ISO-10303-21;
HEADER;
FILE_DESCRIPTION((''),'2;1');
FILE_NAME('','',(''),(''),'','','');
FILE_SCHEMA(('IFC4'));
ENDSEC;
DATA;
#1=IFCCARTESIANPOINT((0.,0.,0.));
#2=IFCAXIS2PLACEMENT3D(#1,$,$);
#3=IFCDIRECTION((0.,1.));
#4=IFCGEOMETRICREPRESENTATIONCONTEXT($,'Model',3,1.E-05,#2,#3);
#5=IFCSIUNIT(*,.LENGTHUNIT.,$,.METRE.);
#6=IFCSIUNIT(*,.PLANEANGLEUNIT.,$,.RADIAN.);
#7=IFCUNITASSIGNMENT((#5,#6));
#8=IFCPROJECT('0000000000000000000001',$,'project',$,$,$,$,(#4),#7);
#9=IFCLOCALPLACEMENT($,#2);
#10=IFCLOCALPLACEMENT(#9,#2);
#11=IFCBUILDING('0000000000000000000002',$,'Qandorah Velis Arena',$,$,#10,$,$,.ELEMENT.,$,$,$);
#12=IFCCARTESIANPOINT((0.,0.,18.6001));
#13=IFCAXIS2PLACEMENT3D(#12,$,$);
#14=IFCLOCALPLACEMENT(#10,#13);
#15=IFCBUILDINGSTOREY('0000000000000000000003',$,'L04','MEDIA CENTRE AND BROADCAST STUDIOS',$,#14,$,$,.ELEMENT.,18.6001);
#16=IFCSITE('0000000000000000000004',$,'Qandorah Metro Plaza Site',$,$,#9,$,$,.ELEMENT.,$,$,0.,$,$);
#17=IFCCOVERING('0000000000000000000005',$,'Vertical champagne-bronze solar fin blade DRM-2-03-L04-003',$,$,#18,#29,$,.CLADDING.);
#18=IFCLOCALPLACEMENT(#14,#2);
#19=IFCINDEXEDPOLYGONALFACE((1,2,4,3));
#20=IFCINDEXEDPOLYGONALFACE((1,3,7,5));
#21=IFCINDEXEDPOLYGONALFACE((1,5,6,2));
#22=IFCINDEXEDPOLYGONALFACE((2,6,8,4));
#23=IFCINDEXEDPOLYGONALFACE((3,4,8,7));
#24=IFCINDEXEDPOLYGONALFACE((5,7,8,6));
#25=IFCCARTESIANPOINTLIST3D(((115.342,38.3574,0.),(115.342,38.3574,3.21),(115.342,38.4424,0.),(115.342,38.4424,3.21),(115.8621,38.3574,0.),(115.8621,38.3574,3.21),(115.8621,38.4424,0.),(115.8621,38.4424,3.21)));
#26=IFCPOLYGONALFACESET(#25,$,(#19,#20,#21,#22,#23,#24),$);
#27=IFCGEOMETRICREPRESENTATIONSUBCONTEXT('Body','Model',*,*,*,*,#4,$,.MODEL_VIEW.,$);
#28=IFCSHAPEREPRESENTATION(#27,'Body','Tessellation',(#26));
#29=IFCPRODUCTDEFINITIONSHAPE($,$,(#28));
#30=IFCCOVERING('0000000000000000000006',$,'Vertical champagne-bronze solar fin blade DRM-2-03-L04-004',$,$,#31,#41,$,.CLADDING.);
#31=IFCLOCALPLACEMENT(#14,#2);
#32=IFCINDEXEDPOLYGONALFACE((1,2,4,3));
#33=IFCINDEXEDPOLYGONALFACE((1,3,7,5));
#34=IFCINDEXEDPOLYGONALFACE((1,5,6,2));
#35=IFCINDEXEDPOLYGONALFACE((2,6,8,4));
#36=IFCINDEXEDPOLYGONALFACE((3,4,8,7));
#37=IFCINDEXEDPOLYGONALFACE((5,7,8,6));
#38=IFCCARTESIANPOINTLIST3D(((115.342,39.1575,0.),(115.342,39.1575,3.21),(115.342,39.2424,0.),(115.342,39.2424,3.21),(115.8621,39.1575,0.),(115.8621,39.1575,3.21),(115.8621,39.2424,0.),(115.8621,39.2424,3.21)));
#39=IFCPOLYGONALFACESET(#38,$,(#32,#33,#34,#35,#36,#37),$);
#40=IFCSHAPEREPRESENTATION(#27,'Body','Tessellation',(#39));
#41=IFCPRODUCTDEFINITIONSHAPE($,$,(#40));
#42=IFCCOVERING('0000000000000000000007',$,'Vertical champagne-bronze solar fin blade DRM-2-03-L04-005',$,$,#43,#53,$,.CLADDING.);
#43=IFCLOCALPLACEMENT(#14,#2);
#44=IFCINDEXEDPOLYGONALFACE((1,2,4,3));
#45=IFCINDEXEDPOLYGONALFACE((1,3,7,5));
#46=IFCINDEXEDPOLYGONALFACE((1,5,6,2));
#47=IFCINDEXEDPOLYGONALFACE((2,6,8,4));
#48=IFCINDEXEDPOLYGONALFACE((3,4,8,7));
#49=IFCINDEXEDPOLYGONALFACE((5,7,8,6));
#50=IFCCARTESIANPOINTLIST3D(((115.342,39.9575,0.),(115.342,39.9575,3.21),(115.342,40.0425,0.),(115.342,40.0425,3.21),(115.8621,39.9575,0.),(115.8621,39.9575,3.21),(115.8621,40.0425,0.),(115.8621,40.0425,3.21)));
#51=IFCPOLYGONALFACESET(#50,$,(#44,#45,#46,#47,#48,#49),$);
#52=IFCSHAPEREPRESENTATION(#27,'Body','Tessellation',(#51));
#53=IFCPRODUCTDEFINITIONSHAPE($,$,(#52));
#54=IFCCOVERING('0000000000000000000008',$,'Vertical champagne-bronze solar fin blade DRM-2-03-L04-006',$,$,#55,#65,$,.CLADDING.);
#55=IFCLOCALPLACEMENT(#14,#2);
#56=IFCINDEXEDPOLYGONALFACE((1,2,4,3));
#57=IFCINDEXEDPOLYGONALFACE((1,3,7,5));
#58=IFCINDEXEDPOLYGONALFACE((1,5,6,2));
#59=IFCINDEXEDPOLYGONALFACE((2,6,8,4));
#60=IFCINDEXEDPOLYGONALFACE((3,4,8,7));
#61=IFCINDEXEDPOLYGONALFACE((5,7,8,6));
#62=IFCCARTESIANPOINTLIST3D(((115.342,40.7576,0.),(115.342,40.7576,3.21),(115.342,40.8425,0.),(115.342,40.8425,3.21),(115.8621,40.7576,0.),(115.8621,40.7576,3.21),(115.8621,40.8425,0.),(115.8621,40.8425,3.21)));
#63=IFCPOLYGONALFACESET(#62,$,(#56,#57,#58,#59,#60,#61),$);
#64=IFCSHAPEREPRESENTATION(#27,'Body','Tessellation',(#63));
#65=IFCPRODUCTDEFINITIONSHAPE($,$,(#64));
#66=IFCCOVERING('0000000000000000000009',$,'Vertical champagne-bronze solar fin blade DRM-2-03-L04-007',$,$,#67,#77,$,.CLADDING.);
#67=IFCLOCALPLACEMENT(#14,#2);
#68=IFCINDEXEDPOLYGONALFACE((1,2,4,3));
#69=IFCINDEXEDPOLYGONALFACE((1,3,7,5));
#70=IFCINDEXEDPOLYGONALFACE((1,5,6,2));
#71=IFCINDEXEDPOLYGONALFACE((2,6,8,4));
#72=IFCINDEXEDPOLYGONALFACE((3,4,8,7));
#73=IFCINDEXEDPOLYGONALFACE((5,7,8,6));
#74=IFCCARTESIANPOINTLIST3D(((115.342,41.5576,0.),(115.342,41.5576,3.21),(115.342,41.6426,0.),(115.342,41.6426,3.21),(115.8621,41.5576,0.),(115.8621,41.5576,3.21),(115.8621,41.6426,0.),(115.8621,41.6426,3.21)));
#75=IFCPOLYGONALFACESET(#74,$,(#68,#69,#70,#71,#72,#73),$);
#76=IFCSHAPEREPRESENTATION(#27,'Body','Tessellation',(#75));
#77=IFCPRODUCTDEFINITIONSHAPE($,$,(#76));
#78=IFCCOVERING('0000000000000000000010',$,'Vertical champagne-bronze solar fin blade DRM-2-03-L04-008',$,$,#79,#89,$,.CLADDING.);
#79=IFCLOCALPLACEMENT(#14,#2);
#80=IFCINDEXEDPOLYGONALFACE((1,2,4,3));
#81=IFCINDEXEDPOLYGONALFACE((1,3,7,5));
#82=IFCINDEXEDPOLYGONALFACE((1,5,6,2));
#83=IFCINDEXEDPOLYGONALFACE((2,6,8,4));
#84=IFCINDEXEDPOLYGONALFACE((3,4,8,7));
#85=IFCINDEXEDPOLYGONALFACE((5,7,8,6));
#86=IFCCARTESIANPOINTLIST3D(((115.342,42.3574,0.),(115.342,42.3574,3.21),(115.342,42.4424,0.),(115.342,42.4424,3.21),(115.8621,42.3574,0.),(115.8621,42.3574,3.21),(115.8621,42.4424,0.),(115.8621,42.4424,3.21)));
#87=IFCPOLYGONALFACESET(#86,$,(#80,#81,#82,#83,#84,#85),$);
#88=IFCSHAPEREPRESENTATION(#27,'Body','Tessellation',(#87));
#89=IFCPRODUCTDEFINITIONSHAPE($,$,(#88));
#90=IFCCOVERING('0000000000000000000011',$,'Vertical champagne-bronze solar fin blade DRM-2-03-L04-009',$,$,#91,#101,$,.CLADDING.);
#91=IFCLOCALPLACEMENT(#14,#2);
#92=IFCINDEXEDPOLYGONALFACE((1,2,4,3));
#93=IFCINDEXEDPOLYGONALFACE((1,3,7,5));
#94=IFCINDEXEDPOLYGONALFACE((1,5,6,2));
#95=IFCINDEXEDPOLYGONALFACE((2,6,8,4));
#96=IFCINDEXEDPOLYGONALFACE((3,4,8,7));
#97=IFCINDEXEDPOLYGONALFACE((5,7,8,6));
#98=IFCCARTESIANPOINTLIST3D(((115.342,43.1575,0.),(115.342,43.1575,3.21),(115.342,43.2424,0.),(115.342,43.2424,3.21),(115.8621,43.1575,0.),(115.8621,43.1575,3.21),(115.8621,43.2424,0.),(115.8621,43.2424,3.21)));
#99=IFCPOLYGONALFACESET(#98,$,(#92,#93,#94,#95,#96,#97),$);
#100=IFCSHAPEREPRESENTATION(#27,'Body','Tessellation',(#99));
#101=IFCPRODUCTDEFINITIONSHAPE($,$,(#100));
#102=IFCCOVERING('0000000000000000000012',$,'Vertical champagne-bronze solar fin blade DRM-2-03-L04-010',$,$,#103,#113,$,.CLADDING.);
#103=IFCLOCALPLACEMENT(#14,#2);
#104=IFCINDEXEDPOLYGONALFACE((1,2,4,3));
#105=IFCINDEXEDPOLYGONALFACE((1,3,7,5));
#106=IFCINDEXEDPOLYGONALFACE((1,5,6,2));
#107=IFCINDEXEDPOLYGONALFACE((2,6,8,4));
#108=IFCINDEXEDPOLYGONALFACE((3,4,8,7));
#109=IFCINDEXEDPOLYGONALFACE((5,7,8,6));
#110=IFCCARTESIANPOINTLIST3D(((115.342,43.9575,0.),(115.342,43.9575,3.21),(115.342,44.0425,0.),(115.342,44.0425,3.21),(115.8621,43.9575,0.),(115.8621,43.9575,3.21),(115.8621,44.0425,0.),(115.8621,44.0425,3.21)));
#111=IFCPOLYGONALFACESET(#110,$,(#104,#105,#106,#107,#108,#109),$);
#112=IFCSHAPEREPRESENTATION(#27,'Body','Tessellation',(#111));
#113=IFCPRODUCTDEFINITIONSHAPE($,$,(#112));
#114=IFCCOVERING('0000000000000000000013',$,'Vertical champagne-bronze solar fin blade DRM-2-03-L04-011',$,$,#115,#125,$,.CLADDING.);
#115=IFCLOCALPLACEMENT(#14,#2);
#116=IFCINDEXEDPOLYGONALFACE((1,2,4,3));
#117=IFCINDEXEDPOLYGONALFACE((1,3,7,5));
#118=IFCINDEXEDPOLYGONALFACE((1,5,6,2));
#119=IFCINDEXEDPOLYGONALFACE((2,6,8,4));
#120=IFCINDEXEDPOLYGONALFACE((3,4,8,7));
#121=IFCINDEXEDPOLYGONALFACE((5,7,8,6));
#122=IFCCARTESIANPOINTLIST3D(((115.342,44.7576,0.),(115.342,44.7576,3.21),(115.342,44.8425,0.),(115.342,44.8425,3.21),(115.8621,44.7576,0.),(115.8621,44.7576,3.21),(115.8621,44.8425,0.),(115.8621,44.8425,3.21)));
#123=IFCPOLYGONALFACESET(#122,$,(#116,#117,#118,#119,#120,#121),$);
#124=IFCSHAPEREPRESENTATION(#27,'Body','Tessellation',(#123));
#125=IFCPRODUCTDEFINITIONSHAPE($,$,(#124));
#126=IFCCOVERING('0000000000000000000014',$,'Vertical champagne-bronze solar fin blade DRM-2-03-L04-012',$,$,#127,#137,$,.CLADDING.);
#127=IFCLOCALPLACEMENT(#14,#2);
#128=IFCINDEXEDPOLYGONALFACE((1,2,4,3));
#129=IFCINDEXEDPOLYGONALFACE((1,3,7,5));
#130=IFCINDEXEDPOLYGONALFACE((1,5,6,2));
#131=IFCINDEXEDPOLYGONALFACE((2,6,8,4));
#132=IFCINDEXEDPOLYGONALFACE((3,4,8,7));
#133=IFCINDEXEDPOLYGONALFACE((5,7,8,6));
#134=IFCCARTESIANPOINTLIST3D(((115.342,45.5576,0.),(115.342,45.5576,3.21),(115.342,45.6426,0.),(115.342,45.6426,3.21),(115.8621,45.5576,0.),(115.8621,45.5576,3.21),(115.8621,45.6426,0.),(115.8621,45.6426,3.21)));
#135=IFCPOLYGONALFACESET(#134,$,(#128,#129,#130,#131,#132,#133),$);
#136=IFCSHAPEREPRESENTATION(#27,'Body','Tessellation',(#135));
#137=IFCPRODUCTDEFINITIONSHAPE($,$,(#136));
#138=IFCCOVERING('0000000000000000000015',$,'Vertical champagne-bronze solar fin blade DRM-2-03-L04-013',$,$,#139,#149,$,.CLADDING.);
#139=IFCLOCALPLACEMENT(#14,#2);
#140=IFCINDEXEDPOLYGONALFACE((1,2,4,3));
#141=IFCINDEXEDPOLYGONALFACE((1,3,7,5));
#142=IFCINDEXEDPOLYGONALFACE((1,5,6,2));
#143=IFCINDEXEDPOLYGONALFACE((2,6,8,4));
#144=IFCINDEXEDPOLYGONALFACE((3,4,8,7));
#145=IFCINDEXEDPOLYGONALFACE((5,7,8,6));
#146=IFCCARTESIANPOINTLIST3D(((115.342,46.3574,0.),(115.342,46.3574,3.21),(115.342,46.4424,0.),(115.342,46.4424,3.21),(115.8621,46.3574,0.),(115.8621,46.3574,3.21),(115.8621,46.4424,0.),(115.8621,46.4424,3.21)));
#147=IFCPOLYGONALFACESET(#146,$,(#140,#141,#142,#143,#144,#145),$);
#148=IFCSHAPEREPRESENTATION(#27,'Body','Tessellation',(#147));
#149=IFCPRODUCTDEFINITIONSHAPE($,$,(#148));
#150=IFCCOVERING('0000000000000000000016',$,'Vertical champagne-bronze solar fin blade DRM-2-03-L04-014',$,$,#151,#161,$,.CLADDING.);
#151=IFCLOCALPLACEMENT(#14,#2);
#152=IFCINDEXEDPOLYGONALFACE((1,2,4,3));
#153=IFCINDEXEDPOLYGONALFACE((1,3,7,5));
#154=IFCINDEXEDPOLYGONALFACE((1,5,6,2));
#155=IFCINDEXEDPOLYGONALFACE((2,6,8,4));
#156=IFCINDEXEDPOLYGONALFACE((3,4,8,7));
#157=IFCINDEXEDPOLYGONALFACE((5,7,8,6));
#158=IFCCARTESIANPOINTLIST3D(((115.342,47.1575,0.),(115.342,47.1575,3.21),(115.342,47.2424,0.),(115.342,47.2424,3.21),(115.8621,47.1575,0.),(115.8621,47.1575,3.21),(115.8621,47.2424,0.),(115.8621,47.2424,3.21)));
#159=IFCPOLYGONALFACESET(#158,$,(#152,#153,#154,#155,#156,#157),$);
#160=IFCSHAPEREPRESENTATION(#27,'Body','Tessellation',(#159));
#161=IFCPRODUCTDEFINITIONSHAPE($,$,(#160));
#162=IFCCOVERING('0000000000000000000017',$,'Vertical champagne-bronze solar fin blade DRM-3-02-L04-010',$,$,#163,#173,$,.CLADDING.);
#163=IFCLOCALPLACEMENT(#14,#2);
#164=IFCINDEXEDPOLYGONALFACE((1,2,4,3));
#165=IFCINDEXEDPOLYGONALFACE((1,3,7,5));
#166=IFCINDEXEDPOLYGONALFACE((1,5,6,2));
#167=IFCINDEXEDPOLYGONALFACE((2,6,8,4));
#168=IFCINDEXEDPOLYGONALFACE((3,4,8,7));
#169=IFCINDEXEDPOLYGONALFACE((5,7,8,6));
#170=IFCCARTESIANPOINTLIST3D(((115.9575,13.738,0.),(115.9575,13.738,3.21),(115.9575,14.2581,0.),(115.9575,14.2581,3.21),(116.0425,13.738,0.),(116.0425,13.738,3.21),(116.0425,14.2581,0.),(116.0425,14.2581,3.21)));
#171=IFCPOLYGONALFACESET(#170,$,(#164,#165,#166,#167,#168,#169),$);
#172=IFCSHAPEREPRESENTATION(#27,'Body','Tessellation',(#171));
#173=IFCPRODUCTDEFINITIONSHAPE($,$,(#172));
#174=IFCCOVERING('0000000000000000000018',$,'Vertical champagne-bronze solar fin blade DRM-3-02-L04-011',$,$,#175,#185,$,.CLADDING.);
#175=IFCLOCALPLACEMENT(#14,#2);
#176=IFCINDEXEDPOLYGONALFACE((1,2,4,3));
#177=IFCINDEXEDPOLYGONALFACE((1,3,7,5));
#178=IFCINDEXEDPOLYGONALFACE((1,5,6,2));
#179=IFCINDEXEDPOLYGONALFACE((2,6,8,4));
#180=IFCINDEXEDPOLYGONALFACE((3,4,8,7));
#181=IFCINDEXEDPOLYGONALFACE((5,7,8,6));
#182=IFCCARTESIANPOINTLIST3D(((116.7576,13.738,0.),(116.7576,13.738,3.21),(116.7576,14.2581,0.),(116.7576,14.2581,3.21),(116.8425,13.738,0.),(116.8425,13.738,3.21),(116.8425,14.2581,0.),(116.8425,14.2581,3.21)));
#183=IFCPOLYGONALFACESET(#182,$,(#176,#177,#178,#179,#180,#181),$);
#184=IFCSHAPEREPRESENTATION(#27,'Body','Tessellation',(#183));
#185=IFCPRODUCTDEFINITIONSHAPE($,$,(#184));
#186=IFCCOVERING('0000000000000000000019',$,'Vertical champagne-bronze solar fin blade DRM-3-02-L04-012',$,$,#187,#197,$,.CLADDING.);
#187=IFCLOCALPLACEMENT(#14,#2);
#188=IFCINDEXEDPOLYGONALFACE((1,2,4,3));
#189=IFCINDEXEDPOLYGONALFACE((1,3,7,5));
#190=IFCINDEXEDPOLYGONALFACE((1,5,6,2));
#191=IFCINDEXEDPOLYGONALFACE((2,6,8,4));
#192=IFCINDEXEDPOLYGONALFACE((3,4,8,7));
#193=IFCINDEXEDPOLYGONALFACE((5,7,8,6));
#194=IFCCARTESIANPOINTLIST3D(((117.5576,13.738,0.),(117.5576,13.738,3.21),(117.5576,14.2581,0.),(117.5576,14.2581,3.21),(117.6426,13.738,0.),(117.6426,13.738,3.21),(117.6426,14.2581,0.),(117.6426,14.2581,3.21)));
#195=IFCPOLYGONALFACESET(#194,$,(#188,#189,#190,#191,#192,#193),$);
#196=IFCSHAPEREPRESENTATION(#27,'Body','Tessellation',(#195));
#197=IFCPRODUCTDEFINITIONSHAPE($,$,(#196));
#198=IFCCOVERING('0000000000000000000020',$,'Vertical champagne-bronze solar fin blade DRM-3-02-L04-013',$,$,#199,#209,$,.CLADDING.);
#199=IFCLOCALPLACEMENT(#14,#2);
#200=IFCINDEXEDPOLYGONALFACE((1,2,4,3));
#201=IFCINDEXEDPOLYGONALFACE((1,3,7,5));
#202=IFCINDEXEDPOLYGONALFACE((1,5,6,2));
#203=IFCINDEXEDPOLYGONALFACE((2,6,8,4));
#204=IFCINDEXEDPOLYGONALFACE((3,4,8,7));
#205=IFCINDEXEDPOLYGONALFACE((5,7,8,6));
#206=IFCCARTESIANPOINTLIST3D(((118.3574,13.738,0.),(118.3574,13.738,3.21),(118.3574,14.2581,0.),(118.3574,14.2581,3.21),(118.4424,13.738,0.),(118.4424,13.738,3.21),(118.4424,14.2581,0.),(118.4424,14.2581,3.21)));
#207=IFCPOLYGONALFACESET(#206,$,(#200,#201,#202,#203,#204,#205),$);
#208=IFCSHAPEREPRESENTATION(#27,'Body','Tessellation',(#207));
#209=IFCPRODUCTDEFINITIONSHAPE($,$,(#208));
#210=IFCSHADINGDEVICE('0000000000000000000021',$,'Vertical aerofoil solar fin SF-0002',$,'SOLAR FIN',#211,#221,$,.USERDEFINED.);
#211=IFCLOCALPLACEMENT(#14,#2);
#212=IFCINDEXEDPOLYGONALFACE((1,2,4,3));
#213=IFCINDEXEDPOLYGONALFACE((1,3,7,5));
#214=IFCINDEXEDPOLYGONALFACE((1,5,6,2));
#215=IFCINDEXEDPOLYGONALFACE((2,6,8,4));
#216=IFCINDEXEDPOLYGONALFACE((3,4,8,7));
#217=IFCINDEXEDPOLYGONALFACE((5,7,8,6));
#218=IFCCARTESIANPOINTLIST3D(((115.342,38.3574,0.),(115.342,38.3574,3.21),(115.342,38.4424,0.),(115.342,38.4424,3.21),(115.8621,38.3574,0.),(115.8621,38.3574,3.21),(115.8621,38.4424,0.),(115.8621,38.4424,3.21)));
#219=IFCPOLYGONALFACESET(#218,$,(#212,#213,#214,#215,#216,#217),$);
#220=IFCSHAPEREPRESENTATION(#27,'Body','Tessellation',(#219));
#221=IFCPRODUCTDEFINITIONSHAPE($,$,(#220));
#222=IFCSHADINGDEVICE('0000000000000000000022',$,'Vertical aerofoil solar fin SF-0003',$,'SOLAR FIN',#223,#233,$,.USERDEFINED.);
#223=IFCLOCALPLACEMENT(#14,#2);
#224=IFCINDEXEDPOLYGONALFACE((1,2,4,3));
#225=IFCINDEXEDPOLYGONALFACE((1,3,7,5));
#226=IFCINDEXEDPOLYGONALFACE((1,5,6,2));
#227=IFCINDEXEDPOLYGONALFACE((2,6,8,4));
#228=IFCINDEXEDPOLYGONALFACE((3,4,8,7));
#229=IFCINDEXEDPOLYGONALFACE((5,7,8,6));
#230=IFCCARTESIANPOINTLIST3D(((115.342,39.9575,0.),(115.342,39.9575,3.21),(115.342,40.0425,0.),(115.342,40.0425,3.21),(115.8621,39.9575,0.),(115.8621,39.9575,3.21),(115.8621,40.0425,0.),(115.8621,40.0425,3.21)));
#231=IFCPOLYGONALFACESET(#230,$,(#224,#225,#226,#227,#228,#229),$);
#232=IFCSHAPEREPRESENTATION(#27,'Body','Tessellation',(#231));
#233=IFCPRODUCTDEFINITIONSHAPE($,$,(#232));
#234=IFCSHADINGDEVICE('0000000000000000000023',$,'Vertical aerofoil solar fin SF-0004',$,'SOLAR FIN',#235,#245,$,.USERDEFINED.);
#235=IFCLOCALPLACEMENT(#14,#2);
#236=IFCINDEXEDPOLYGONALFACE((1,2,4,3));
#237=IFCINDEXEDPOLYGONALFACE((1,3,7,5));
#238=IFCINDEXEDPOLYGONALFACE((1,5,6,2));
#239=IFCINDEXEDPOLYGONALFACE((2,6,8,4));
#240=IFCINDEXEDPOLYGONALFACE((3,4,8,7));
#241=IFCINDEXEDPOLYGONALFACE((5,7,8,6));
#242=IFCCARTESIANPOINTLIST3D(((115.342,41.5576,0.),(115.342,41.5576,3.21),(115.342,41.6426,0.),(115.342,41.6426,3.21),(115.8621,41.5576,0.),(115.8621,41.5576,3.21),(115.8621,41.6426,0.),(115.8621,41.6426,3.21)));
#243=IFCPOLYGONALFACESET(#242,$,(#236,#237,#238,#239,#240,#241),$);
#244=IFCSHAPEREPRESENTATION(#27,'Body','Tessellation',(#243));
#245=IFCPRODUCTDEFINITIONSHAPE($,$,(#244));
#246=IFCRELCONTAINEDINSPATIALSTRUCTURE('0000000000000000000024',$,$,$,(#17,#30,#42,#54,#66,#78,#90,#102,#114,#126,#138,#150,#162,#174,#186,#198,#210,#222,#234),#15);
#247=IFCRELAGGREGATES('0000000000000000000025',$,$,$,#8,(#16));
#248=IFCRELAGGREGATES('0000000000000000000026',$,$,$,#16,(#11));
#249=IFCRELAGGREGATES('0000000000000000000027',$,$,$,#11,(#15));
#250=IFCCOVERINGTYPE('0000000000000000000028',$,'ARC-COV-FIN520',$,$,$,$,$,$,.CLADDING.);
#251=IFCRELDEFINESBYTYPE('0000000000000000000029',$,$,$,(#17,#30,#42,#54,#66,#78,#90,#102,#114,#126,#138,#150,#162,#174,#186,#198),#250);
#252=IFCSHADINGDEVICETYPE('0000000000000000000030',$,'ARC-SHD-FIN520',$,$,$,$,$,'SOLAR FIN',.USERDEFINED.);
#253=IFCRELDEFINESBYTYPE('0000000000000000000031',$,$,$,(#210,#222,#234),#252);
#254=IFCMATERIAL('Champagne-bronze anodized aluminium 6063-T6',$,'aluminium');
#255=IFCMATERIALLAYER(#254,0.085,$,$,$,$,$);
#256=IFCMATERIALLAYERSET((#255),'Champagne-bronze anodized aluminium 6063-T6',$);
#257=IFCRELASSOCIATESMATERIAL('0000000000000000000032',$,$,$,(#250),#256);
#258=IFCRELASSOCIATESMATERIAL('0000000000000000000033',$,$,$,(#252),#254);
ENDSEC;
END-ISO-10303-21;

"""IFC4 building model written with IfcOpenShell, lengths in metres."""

from ifc_helpers import new_model, si_unit, direction, frame, origin, origin_2d, place, context, subcontext, project, spatial, rectangle, extrude, material, layer, layer_set, type_object, element, save


model = new_model("IFC4")

# Units and contexts
model_context = context("Model", 3, precision=1e-05, world=origin(), true_north=direction((0.0, 1.0)))
body_context = subcontext(model_context, "Body", "Model", "MODEL_VIEW")
ifc_project = project(units=[si_unit("LENGTHUNIT", "METRE"), si_unit("PLANEANGLEUNIT", "RADIAN")], contexts=[model_context])

# Site, building, storey
site_placement = place(None, origin())
site = spatial("IfcSite", under=ifc_project, at=site_placement, Name="Qandorah Metro Plaza Site", CompositionType="ELEMENT", RefElevation=0.0)
building_placement = place(site_placement, origin())
building = spatial("IfcBuilding", under=site, at=building_placement, Name="Qandorah Velis Arena", CompositionType="ELEMENT")
storey_placement = place(building_placement, frame((0.0, 0.0, 18.6001)))
storey = spatial("IfcBuildingStorey", under=building, at=storey_placement, Name="L04", Description="MEDIA CENTRE AND BROADCAST STUDIOS", CompositionType="ELEMENT", Elevation=18.6001)

# Coverings
ifc_material_1 = material(Name="Champagne-bronze anodized aluminium 6063-T6", Category="aluminium")
ifc_layer = layer(ifc_material_1, 0.085)
ifc_layer_set = layer_set([ifc_layer], Name="Champagne-bronze anodized aluminium 6063-T6")
covering_type = type_object("IfcCoveringType", Name="ARC-COV-FIN520", PredefinedType="CLADDING", material=ifc_layer_set)
for number, where, z_axis, x_axis, name in (
    (1, (115.6021, 38.3999, 0.0), (0.0, 0.0, 1.0), (1.0, 0.0, 0.0), "Vertical champagne-bronze solar fin blade DRM-2-03-L04-003"),
    (2, (115.6021, 39.2, 0.0), (0.0, 0.0, 1.0), (1.0, 0.0, 0.0), "Vertical champagne-bronze solar fin blade DRM-2-03-L04-004"),
    (3, (115.6021, 40.0, 0.0), (0.0, 0.0, 1.0), (1.0, 0.0, 0.0), "Vertical champagne-bronze solar fin blade DRM-2-03-L04-005"),
    (4, (115.6021, 40.8, 0.0), (0.0, 0.0, 1.0), (1.0, 0.0, 0.0), "Vertical champagne-bronze solar fin blade DRM-2-03-L04-006"),
    (5, (115.6021, 41.6001, 0.0), (0.0, 0.0, 1.0), (1.0, 0.0, 0.0), "Vertical champagne-bronze solar fin blade DRM-2-03-L04-007"),
    (6, (115.6021, 42.3999, 0.0), (0.0, 0.0, 1.0), (1.0, 0.0, 0.0), "Vertical champagne-bronze solar fin blade DRM-2-03-L04-008"),
    (7, (115.6021, 43.2, 0.0), (0.0, 0.0, 1.0), (1.0, 0.0, 0.0), "Vertical champagne-bronze solar fin blade DRM-2-03-L04-009"),
    (8, (115.6021, 44.0, 0.0), (0.0, 0.0, 1.0), (1.0, 0.0, 0.0), "Vertical champagne-bronze solar fin blade DRM-2-03-L04-010"),
    (9, (115.6021, 44.8, 0.0), (0.0, 0.0, 1.0), (1.0, 0.0, 0.0), "Vertical champagne-bronze solar fin blade DRM-2-03-L04-011"),
    (10, (115.6021, 45.6001, 0.0), (0.0, 0.0, 1.0), (1.0, 0.0, 0.0), "Vertical champagne-bronze solar fin blade DRM-2-03-L04-012"),
    (11, (115.6021, 46.3999, 0.0), (0.0, 0.0, 1.0), (1.0, 0.0, 0.0), "Vertical champagne-bronze solar fin blade DRM-2-03-L04-013"),
    (12, (115.6021, 47.2, 0.0), (0.0, 0.0, 1.0), (1.0, 0.0, 0.0), "Vertical champagne-bronze solar fin blade DRM-2-03-L04-014"),
):
    element("IfcCovering", number, at=place(storey_placement, frame(where, z_axis=z_axis, x_axis=x_axis)), inside=storey, type_object=covering_type, Name=name, PredefinedType="CLADDING", context=body_context, shape_type="SweptSolid", body=[
        extrude(rectangle(XDim=0.52, YDim=0.085, at=origin_2d()), origin(), (0.0, 0.0, 1.0), 3.21),
    ])
for number, where, z_axis, x_axis, name in (
    (13, (116.0, 13.998, 0.0), (0.0, 0.0, 1.0), (1.0, 0.0, 0.0), "Vertical champagne-bronze solar fin blade DRM-3-02-L04-010"),
    (14, (116.8, 13.998, 0.0), (0.0, 0.0, 1.0), (1.0, 0.0, 0.0), "Vertical champagne-bronze solar fin blade DRM-3-02-L04-011"),
    (15, (117.6001, 13.998, 0.0), (0.0, 0.0, 1.0), (1.0, 0.0, 0.0), "Vertical champagne-bronze solar fin blade DRM-3-02-L04-012"),
    (16, (118.3999, 13.998, 0.0), (0.0, 0.0, 1.0), (1.0, 0.0, 0.0), "Vertical champagne-bronze solar fin blade DRM-3-02-L04-013"),
):
    element("IfcCovering", number, at=place(storey_placement, frame(where, z_axis=z_axis, x_axis=x_axis)), inside=storey, type_object=covering_type, Name=name, PredefinedType="CLADDING", context=body_context, shape_type="SweptSolid", body=[
        extrude(rectangle(XDim=0.085, YDim=0.52, at=origin_2d()), origin(), (0.0, 0.0, 1.0), 3.21),
    ])

# Shading devices
shading_device_type = type_object("IfcShadingDeviceType", Name="ARC-SHD-FIN520", ElementType="SOLAR FIN", PredefinedType="USERDEFINED", material=ifc_material_1)
for number, where, z_axis, x_axis, name in (
    (17, (115.6021, 38.3999, 0.0), (0.0, 0.0, 1.0), (1.0, 0.0, 0.0), "Vertical aerofoil solar fin SF-0002"),
    (18, (115.6021, 40.0, 0.0), (0.0, 0.0, 1.0), (1.0, 0.0, 0.0), "Vertical aerofoil solar fin SF-0003"),
    (19, (115.6021, 41.6001, 0.0), (0.0, 0.0, 1.0), (1.0, 0.0, 0.0), "Vertical aerofoil solar fin SF-0004"),
):
    element("IfcShadingDevice", number, at=place(storey_placement, frame(where, z_axis=z_axis, x_axis=x_axis)), inside=storey, type_object=shading_device_type, Name=name, ObjectType="SOLAR FIN", PredefinedType="USERDEFINED", context=body_context, shape_type="SweptSolid", body=[
        extrude(rectangle(XDim=0.52, YDim=0.085, at=origin_2d()), origin(), (0.0, 0.0, 1.0), 3.21),
    ])

save(model, "model.ifc")
